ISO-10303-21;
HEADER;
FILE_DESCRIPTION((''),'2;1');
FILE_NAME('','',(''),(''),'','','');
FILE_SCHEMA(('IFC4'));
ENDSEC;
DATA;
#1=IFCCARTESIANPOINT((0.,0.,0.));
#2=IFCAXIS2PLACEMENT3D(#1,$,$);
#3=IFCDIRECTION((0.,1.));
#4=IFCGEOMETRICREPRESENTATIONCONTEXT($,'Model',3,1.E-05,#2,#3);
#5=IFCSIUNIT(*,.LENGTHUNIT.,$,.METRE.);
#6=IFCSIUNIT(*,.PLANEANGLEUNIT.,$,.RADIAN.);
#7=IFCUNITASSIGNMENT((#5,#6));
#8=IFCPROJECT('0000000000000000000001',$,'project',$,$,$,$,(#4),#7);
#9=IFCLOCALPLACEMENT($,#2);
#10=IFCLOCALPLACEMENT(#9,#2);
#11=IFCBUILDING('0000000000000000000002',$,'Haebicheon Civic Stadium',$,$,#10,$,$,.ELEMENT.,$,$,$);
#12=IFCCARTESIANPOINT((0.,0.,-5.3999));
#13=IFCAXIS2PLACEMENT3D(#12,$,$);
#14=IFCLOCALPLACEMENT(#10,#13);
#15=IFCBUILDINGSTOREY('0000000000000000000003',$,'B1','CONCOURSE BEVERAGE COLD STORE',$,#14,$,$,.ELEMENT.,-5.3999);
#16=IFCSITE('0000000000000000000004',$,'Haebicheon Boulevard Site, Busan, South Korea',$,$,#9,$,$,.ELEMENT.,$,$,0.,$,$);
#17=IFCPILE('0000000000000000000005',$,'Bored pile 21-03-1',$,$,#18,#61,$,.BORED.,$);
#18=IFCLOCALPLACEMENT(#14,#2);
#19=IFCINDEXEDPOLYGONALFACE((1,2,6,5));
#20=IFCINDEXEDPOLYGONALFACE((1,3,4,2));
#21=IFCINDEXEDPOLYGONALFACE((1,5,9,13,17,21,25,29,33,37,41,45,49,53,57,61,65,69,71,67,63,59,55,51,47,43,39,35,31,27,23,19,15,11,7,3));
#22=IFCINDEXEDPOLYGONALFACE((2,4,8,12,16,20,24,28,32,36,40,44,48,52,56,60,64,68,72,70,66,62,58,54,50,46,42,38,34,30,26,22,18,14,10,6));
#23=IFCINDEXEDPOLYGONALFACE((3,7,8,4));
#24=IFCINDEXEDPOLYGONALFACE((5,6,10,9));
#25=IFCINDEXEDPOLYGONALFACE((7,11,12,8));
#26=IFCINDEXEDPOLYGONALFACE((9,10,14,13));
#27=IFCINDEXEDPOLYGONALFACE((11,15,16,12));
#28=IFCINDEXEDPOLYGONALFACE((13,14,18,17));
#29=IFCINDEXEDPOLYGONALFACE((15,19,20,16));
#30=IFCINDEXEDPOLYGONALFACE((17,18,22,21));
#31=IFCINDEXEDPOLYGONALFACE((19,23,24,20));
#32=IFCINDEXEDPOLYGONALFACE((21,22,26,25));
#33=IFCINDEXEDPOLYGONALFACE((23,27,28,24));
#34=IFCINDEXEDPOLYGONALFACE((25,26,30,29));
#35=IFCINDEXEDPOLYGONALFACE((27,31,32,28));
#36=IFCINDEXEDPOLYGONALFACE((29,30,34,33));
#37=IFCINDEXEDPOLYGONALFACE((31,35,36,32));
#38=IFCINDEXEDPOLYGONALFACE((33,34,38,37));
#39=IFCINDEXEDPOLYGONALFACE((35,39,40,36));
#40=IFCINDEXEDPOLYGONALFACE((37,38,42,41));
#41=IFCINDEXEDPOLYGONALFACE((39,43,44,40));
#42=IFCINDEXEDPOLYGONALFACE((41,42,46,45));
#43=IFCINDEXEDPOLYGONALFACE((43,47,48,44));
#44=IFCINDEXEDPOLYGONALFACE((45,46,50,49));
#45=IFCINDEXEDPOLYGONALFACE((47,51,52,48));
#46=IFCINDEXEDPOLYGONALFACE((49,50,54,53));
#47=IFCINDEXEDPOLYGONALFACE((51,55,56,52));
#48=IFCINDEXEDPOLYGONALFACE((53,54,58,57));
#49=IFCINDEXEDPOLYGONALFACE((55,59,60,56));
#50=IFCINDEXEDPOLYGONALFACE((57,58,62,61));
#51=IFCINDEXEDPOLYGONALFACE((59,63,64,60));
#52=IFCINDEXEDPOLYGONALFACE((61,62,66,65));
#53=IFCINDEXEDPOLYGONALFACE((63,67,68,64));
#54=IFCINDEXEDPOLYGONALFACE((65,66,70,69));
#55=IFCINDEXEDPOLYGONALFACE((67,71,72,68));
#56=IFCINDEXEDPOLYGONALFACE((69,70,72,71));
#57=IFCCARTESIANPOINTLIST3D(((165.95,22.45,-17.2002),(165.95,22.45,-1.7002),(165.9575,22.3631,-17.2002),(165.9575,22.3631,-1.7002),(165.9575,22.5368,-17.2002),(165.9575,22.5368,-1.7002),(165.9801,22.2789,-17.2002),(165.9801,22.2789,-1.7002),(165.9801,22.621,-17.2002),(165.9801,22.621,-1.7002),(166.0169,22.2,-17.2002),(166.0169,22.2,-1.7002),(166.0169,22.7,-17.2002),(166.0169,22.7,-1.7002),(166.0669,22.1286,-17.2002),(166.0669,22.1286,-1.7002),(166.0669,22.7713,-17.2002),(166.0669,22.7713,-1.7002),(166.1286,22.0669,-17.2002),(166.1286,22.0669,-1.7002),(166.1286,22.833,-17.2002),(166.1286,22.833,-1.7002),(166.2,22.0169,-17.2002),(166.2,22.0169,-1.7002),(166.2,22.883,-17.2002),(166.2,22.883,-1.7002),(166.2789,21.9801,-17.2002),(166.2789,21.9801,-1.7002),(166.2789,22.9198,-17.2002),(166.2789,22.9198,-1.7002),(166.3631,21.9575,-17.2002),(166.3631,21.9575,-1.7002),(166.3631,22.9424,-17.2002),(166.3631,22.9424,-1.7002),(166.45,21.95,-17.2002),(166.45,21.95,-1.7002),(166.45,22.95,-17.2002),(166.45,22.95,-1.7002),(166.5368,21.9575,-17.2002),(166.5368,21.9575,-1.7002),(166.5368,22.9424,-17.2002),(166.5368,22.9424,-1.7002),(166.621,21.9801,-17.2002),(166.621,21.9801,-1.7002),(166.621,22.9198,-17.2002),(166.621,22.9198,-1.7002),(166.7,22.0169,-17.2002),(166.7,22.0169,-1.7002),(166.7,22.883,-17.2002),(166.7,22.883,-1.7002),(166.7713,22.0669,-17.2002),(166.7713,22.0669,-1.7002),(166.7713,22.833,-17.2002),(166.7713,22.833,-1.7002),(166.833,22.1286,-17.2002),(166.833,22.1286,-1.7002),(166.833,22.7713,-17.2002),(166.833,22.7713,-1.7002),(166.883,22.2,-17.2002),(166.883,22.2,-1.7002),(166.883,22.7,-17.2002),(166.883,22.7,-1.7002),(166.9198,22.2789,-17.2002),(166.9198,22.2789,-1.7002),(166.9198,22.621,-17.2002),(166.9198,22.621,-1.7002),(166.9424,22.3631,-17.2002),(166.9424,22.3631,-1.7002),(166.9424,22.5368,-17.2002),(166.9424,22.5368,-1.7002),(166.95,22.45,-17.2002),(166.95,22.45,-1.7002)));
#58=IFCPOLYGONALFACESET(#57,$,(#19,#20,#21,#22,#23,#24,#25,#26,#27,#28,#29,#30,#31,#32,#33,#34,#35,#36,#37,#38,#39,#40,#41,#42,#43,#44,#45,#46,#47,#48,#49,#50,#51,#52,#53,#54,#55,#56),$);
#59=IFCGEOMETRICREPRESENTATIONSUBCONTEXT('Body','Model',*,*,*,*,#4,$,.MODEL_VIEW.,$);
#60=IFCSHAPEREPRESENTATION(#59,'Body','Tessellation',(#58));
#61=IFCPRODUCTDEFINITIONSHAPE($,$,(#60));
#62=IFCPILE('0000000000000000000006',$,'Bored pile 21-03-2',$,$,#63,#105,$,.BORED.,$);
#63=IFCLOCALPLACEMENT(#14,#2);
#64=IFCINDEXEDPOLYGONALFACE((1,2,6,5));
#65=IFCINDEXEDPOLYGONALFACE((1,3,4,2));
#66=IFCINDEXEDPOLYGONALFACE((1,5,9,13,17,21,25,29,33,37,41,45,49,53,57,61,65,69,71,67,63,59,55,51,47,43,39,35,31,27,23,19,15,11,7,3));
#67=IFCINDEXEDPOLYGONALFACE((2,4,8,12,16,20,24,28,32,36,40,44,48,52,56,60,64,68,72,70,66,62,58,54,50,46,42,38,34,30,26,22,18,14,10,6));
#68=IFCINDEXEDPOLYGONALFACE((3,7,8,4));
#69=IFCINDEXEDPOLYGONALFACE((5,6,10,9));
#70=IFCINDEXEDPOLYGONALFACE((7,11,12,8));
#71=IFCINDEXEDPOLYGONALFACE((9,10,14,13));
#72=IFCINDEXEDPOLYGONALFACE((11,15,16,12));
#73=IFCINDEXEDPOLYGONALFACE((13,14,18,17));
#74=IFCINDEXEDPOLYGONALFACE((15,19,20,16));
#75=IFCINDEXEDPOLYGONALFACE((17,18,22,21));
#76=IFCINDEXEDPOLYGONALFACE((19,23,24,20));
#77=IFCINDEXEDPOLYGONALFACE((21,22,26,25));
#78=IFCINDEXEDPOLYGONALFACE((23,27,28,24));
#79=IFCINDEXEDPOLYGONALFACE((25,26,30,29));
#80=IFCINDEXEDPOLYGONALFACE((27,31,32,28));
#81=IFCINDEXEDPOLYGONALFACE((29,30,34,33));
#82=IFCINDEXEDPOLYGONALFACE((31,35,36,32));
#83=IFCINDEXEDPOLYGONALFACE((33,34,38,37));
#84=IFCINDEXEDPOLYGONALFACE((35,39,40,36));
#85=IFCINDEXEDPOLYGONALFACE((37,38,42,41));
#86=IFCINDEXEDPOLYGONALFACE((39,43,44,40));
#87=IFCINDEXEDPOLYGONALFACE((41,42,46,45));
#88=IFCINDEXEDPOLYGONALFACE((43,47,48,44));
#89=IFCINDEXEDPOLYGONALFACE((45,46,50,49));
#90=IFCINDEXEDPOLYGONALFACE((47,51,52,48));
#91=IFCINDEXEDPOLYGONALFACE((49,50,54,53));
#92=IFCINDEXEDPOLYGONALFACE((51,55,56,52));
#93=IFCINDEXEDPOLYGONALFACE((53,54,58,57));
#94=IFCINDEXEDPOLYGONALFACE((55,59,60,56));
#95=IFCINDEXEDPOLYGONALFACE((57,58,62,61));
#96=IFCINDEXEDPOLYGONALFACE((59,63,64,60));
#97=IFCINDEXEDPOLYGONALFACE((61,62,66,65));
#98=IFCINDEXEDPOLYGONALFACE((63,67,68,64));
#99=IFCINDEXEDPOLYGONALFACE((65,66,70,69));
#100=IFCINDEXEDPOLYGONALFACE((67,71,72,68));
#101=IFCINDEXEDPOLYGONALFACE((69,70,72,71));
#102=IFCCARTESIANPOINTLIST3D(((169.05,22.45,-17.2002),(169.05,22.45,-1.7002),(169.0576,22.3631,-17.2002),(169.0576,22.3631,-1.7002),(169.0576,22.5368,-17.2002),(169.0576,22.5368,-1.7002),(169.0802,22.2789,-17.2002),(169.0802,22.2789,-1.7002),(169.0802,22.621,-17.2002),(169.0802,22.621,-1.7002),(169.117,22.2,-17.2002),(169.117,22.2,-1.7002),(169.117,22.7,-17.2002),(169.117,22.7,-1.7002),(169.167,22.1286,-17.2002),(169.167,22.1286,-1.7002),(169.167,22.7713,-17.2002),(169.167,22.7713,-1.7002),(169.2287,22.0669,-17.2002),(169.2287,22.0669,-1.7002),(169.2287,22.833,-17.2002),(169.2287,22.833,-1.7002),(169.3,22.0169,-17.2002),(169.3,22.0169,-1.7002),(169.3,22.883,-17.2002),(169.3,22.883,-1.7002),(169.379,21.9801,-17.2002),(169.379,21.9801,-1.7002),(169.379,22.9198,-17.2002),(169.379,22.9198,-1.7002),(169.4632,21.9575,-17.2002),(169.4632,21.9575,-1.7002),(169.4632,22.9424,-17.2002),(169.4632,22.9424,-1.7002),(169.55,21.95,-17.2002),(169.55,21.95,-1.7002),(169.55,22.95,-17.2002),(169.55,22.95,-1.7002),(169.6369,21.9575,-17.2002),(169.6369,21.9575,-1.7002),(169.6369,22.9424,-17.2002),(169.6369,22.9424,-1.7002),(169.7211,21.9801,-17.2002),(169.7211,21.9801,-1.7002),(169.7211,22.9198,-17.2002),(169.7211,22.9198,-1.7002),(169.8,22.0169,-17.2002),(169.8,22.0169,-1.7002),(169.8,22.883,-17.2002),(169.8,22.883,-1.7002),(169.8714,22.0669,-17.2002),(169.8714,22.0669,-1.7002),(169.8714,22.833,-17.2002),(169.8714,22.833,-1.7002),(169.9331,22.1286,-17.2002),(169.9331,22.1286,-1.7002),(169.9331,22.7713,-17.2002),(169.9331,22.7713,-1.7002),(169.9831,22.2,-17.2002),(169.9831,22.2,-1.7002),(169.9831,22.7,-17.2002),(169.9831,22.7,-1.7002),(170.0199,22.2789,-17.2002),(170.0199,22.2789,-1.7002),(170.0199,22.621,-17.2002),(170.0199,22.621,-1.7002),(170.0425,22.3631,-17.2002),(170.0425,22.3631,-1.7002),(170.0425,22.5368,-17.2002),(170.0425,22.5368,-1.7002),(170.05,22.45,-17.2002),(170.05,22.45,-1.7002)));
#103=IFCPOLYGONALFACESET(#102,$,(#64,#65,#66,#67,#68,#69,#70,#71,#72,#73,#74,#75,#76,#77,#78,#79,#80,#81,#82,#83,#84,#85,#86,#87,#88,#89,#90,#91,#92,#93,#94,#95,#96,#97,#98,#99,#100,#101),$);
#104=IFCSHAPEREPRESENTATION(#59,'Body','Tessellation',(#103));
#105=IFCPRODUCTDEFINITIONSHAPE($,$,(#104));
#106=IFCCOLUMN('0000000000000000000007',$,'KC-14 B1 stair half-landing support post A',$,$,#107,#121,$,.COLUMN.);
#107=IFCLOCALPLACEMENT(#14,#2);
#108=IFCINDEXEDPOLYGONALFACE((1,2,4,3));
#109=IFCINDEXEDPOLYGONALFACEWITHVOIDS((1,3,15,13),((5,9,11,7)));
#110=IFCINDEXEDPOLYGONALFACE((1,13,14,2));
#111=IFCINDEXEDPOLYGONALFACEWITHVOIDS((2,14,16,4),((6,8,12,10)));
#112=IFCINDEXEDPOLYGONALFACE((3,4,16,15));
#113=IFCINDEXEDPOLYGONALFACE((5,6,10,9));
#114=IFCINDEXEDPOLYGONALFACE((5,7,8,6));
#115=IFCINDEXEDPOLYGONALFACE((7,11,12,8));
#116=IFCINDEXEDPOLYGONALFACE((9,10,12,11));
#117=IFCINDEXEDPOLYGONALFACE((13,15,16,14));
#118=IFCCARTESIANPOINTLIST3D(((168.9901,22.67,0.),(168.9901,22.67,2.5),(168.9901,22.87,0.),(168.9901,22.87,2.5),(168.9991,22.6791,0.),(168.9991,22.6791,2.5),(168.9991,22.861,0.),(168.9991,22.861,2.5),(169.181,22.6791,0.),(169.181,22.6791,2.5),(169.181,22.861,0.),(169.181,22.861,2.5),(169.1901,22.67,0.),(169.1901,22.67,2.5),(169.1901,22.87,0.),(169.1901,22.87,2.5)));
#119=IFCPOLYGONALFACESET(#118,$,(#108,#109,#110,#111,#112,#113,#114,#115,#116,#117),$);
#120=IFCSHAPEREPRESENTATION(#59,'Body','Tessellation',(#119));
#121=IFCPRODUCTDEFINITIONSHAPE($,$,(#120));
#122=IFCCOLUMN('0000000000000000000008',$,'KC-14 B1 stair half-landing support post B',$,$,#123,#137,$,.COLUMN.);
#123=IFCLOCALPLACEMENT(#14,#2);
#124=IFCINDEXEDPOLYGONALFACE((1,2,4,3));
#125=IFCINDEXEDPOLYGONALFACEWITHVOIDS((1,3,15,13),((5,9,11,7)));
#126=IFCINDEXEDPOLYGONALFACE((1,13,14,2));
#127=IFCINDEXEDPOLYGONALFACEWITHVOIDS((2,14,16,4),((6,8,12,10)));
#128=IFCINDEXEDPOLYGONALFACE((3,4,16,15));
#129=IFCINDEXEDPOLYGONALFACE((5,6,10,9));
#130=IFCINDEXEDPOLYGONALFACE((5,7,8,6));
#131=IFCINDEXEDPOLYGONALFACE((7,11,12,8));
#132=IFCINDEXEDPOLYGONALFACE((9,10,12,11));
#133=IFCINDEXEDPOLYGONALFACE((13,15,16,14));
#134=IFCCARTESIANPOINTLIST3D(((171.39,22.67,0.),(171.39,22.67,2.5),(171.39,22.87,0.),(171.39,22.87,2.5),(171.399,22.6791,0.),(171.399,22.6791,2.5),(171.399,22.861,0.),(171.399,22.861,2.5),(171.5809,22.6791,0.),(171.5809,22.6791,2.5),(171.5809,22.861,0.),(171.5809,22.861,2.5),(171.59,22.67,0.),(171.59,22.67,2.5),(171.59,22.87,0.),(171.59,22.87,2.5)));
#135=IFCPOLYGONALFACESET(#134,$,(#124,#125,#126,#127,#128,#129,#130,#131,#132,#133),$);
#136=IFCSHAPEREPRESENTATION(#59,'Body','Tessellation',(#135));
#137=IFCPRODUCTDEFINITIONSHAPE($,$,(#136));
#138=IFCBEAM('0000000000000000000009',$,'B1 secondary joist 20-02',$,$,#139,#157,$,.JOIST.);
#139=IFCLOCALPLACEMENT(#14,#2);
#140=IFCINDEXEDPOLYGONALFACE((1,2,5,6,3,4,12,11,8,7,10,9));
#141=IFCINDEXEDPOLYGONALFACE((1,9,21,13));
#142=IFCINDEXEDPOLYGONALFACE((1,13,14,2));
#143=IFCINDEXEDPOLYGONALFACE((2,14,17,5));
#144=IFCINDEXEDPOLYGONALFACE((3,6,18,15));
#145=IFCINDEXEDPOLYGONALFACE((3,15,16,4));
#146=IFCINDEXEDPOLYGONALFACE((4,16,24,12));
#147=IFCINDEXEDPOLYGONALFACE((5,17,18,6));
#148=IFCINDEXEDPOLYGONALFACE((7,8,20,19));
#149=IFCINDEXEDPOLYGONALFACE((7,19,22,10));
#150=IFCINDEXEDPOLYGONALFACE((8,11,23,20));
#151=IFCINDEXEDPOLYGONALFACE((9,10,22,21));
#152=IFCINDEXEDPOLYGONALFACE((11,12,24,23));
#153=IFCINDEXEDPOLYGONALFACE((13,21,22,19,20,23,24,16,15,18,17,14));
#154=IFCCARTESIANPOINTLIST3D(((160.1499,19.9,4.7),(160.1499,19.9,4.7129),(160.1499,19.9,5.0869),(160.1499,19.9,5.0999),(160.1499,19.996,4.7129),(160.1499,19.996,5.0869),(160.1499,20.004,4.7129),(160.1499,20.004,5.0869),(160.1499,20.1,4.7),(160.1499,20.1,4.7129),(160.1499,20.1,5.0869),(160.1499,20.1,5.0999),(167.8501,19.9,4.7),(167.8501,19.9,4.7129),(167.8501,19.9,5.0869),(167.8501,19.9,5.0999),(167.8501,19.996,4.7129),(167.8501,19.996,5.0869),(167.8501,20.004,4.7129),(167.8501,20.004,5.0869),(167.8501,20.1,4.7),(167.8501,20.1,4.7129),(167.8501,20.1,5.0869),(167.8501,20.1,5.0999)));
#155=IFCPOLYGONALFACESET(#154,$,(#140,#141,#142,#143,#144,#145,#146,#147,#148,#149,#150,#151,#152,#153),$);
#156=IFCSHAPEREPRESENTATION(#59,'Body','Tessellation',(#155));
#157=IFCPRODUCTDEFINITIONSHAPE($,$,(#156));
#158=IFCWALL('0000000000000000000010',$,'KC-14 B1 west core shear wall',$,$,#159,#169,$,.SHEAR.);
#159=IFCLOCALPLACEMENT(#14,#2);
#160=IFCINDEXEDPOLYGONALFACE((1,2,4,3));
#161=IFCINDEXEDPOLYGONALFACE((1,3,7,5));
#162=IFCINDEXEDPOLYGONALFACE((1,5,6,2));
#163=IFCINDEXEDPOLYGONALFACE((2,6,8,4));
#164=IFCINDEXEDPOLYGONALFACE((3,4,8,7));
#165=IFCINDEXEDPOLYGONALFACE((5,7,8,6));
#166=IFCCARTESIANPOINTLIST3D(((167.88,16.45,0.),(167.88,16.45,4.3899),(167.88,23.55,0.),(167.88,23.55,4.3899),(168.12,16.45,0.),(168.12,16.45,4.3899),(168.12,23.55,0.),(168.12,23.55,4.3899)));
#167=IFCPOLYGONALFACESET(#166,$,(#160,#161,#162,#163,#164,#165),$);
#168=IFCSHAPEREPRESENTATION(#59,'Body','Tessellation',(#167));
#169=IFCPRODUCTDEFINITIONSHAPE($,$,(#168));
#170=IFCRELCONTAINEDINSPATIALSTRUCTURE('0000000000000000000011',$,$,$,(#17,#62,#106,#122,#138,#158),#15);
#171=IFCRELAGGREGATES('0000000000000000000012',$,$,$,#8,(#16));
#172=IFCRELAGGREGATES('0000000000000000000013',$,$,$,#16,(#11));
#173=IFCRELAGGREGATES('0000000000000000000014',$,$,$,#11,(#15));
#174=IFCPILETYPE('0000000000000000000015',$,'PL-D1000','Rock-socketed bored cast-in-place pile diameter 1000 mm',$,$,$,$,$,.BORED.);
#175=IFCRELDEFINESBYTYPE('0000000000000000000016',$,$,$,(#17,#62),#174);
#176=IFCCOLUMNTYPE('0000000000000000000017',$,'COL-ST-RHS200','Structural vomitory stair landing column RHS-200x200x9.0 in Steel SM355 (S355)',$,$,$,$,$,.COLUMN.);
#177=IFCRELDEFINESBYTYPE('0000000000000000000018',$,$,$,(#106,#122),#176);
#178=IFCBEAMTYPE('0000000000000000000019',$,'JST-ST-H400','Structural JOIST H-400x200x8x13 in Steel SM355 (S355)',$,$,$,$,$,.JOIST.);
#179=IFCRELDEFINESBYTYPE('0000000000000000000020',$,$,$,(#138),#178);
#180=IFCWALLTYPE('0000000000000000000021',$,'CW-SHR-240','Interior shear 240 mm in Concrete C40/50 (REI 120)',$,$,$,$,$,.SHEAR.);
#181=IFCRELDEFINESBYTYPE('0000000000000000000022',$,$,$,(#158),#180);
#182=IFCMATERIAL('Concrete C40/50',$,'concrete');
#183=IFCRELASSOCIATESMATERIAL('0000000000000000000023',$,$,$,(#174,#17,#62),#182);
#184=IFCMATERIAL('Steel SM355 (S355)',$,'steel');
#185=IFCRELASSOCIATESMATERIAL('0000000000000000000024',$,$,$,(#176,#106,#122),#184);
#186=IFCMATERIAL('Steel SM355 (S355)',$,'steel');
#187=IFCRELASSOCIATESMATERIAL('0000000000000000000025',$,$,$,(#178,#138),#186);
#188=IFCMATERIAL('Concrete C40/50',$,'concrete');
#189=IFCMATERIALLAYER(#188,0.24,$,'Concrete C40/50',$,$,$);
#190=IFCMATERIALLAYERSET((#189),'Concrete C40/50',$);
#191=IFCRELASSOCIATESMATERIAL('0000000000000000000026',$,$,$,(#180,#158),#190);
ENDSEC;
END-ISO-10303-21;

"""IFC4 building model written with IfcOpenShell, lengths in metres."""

from ifc_helpers import new_model, si_unit, direction, frame, frame_2d, origin, origin_2d, place, context, subcontext, project, spatial, rectangle, hollow_rectangle, circle, i_section, extrude, material, layer, layer_set, material_profile, profile_set, type_object, element, save


model = new_model("IFC4")

# Units and contexts
model_context = context("Model", 3, precision=1e-05, world=origin(), true_north=direction((0.0, 1.0)))
body_context = subcontext(model_context, "Body", "Model", "MODEL_VIEW")
ifc_project = project(units=[si_unit("LENGTHUNIT", "METRE"), si_unit("PLANEANGLEUNIT", "RADIAN")], contexts=[model_context])

# Site, building, storey
site_placement = place(None, origin())
site = spatial("IfcSite", under=ifc_project, at=site_placement, Name="Haebicheon Boulevard Site, Busan, South Korea", CompositionType="ELEMENT", RefElevation=0.0)
building_placement = place(site_placement, origin())
building = spatial("IfcBuilding", under=site, at=building_placement, Name="Haebicheon Civic Stadium", CompositionType="ELEMENT")
storey_placement = place(building_placement, frame((0.0, 0.0, -5.3999)))
storey = spatial("IfcBuildingStorey", under=building, at=storey_placement, Name="B1", Description="CONCOURSE BEVERAGE COLD STORE", CompositionType="ELEMENT", Elevation=-5.3999)

# Piles
ifc_material_1 = material(Name="Concrete C40/50", Category="concrete")
ifc_material_profile_1 = material_profile(ifc_material_1, circle(Radius=0.5, at=origin_2d()), Name="PILE-D1000")
ifc_profile_set_1 = profile_set([ifc_material_profile_1], Name="Concrete C40/50")
pile_type = type_object("IfcPileType", Name="PL-D1000", Description="Rock-socketed bored cast-in-place pile diameter 1000 mm", PredefinedType="BORED", material=ifc_profile_set_1)
for number, where, z_axis, x_axis, name in (
    (1, (166.45, 22.45, -1.7002), (0.0, 0.0, -1.0), (1.0, 0.0, 0.0), "Bored pile 21-03-1"),
    (2, (169.55, 22.45, -1.7002), (0.0, 0.0, -1.0), (1.0, 0.0, 0.0), "Bored pile 21-03-2"),
):
    element("IfcPile", number, at=place(storey_placement, frame(where, z_axis=z_axis, x_axis=x_axis)), inside=storey, type_object=pile_type, material=ifc_profile_set_1, Name=name, PredefinedType="BORED", context=body_context, shape_type="SweptSolid", body=[
        extrude(circle(Radius=0.5, at=origin_2d()), origin(), (0.0, 0.0, 1.0), 15.5),
    ])

# Columns
ifc_material_2 = material(Name="Steel SM355 (S355)", Category="steel")
ifc_material_profile_2 = material_profile(ifc_material_2, hollow_rectangle(XDim=0.2, YDim=0.2, WallThickness=0.009, at=origin_2d()), Name="RHS-200x200x9.0")
ifc_profile_set_2 = profile_set([ifc_material_profile_2], Name="Steel SM355 (S355)")
column_type = type_object("IfcColumnType", Name="COL-ST-RHS200", Description="Structural vomitory stair landing column RHS-200x200x9.0 in Steel SM355 (S355)", PredefinedType="COLUMN", material=ifc_profile_set_2)
for number, where, z_axis, x_axis, name in (
    (3, (169.0901, 22.77, 0.0), (0.0, 0.0, 1.0), (1.0, 0.0, 0.0), "KC-14 B1 stair half-landing support post A"),
    (4, (171.49, 22.77, 0.0), (0.0, 0.0, 1.0), (1.0, 0.0, 0.0), "KC-14 B1 stair half-landing support post B"),
):
    element("IfcColumn", number, at=place(storey_placement, frame(where, z_axis=z_axis, x_axis=x_axis)), inside=storey, type_object=column_type, material=ifc_profile_set_2, Name=name, PredefinedType="COLUMN", context=body_context, shape_type="SweptSolid", body=[
        extrude(hollow_rectangle(XDim=0.2, YDim=0.2, WallThickness=0.009, at=origin_2d()), origin(), (0.0, 0.0, 1.0), 2.5),
    ])

# Beam
ifc_material_3 = material(Name="Steel SM355 (S355)", Category="steel")
ifc_material_profile_3 = material_profile(ifc_material_3, i_section(OverallWidth=0.2, OverallDepth=0.3999, WebThickness=0.0081, FlangeThickness=0.0129, at=origin_2d()), Name="H-400x200x8x13")
ifc_profile_set_3 = profile_set([ifc_material_profile_3], Name="Steel SM355 (S355)")
beam_type = type_object("IfcBeamType", Name="JST-ST-H400", Description="Structural JOIST H-400x200x8x13 in Steel SM355 (S355)", PredefinedType="JOIST", material=ifc_profile_set_3)
beam_placement = place(storey_placement, frame((160.1499, 20.0, 4.8999), z_axis=(1.0, 0.0, 0.0), x_axis=(0.0, 1.0, 0.0)))
element("IfcBeam", 5, at=beam_placement, inside=storey, type_object=beam_type, material=ifc_profile_set_3, Name="B1 secondary joist 20-02", PredefinedType="JOIST", context=body_context, shape_type="SweptSolid", body=[
    extrude(i_section(OverallWidth=0.2, OverallDepth=0.3999, WebThickness=0.0081, FlangeThickness=0.0129, at=origin_2d()), origin(), (0.0, 0.0, 1.0), 7.7002),
])

# Wall
ifc_material_4 = material(Name="Concrete C40/50", Category="concrete")
ifc_layer_1 = layer(ifc_material_4, 0.24, Name="Concrete C40/50")
ifc_layer_set_1 = layer_set([ifc_layer_1], Name="Concrete C40/50")
wall_type = type_object("IfcWallType", Name="CW-SHR-240", Description="Interior shear 240 mm in Concrete C40/50 (REI 120)", PredefinedType="SHEAR", material=ifc_layer_set_1)
wall_placement = place(storey_placement, frame((168.0, 16.45, 0.0), z_axis=(0.0, 0.0, 1.0), x_axis=(0.0, 1.0, 0.0)))
element("IfcWall", 6, at=wall_placement, inside=storey, type_object=wall_type, material=ifc_layer_set_1, Name="KC-14 B1 west core shear wall", PredefinedType="SHEAR", context=body_context, shape_type="SweptSolid", body=[
    extrude(rectangle(XDim=7.1001, YDim=0.24, at=frame_2d((3.55, 0.0))), origin(), (0.0, 0.0, 1.0), 4.3899),
])

save(model, "model.ifc")
